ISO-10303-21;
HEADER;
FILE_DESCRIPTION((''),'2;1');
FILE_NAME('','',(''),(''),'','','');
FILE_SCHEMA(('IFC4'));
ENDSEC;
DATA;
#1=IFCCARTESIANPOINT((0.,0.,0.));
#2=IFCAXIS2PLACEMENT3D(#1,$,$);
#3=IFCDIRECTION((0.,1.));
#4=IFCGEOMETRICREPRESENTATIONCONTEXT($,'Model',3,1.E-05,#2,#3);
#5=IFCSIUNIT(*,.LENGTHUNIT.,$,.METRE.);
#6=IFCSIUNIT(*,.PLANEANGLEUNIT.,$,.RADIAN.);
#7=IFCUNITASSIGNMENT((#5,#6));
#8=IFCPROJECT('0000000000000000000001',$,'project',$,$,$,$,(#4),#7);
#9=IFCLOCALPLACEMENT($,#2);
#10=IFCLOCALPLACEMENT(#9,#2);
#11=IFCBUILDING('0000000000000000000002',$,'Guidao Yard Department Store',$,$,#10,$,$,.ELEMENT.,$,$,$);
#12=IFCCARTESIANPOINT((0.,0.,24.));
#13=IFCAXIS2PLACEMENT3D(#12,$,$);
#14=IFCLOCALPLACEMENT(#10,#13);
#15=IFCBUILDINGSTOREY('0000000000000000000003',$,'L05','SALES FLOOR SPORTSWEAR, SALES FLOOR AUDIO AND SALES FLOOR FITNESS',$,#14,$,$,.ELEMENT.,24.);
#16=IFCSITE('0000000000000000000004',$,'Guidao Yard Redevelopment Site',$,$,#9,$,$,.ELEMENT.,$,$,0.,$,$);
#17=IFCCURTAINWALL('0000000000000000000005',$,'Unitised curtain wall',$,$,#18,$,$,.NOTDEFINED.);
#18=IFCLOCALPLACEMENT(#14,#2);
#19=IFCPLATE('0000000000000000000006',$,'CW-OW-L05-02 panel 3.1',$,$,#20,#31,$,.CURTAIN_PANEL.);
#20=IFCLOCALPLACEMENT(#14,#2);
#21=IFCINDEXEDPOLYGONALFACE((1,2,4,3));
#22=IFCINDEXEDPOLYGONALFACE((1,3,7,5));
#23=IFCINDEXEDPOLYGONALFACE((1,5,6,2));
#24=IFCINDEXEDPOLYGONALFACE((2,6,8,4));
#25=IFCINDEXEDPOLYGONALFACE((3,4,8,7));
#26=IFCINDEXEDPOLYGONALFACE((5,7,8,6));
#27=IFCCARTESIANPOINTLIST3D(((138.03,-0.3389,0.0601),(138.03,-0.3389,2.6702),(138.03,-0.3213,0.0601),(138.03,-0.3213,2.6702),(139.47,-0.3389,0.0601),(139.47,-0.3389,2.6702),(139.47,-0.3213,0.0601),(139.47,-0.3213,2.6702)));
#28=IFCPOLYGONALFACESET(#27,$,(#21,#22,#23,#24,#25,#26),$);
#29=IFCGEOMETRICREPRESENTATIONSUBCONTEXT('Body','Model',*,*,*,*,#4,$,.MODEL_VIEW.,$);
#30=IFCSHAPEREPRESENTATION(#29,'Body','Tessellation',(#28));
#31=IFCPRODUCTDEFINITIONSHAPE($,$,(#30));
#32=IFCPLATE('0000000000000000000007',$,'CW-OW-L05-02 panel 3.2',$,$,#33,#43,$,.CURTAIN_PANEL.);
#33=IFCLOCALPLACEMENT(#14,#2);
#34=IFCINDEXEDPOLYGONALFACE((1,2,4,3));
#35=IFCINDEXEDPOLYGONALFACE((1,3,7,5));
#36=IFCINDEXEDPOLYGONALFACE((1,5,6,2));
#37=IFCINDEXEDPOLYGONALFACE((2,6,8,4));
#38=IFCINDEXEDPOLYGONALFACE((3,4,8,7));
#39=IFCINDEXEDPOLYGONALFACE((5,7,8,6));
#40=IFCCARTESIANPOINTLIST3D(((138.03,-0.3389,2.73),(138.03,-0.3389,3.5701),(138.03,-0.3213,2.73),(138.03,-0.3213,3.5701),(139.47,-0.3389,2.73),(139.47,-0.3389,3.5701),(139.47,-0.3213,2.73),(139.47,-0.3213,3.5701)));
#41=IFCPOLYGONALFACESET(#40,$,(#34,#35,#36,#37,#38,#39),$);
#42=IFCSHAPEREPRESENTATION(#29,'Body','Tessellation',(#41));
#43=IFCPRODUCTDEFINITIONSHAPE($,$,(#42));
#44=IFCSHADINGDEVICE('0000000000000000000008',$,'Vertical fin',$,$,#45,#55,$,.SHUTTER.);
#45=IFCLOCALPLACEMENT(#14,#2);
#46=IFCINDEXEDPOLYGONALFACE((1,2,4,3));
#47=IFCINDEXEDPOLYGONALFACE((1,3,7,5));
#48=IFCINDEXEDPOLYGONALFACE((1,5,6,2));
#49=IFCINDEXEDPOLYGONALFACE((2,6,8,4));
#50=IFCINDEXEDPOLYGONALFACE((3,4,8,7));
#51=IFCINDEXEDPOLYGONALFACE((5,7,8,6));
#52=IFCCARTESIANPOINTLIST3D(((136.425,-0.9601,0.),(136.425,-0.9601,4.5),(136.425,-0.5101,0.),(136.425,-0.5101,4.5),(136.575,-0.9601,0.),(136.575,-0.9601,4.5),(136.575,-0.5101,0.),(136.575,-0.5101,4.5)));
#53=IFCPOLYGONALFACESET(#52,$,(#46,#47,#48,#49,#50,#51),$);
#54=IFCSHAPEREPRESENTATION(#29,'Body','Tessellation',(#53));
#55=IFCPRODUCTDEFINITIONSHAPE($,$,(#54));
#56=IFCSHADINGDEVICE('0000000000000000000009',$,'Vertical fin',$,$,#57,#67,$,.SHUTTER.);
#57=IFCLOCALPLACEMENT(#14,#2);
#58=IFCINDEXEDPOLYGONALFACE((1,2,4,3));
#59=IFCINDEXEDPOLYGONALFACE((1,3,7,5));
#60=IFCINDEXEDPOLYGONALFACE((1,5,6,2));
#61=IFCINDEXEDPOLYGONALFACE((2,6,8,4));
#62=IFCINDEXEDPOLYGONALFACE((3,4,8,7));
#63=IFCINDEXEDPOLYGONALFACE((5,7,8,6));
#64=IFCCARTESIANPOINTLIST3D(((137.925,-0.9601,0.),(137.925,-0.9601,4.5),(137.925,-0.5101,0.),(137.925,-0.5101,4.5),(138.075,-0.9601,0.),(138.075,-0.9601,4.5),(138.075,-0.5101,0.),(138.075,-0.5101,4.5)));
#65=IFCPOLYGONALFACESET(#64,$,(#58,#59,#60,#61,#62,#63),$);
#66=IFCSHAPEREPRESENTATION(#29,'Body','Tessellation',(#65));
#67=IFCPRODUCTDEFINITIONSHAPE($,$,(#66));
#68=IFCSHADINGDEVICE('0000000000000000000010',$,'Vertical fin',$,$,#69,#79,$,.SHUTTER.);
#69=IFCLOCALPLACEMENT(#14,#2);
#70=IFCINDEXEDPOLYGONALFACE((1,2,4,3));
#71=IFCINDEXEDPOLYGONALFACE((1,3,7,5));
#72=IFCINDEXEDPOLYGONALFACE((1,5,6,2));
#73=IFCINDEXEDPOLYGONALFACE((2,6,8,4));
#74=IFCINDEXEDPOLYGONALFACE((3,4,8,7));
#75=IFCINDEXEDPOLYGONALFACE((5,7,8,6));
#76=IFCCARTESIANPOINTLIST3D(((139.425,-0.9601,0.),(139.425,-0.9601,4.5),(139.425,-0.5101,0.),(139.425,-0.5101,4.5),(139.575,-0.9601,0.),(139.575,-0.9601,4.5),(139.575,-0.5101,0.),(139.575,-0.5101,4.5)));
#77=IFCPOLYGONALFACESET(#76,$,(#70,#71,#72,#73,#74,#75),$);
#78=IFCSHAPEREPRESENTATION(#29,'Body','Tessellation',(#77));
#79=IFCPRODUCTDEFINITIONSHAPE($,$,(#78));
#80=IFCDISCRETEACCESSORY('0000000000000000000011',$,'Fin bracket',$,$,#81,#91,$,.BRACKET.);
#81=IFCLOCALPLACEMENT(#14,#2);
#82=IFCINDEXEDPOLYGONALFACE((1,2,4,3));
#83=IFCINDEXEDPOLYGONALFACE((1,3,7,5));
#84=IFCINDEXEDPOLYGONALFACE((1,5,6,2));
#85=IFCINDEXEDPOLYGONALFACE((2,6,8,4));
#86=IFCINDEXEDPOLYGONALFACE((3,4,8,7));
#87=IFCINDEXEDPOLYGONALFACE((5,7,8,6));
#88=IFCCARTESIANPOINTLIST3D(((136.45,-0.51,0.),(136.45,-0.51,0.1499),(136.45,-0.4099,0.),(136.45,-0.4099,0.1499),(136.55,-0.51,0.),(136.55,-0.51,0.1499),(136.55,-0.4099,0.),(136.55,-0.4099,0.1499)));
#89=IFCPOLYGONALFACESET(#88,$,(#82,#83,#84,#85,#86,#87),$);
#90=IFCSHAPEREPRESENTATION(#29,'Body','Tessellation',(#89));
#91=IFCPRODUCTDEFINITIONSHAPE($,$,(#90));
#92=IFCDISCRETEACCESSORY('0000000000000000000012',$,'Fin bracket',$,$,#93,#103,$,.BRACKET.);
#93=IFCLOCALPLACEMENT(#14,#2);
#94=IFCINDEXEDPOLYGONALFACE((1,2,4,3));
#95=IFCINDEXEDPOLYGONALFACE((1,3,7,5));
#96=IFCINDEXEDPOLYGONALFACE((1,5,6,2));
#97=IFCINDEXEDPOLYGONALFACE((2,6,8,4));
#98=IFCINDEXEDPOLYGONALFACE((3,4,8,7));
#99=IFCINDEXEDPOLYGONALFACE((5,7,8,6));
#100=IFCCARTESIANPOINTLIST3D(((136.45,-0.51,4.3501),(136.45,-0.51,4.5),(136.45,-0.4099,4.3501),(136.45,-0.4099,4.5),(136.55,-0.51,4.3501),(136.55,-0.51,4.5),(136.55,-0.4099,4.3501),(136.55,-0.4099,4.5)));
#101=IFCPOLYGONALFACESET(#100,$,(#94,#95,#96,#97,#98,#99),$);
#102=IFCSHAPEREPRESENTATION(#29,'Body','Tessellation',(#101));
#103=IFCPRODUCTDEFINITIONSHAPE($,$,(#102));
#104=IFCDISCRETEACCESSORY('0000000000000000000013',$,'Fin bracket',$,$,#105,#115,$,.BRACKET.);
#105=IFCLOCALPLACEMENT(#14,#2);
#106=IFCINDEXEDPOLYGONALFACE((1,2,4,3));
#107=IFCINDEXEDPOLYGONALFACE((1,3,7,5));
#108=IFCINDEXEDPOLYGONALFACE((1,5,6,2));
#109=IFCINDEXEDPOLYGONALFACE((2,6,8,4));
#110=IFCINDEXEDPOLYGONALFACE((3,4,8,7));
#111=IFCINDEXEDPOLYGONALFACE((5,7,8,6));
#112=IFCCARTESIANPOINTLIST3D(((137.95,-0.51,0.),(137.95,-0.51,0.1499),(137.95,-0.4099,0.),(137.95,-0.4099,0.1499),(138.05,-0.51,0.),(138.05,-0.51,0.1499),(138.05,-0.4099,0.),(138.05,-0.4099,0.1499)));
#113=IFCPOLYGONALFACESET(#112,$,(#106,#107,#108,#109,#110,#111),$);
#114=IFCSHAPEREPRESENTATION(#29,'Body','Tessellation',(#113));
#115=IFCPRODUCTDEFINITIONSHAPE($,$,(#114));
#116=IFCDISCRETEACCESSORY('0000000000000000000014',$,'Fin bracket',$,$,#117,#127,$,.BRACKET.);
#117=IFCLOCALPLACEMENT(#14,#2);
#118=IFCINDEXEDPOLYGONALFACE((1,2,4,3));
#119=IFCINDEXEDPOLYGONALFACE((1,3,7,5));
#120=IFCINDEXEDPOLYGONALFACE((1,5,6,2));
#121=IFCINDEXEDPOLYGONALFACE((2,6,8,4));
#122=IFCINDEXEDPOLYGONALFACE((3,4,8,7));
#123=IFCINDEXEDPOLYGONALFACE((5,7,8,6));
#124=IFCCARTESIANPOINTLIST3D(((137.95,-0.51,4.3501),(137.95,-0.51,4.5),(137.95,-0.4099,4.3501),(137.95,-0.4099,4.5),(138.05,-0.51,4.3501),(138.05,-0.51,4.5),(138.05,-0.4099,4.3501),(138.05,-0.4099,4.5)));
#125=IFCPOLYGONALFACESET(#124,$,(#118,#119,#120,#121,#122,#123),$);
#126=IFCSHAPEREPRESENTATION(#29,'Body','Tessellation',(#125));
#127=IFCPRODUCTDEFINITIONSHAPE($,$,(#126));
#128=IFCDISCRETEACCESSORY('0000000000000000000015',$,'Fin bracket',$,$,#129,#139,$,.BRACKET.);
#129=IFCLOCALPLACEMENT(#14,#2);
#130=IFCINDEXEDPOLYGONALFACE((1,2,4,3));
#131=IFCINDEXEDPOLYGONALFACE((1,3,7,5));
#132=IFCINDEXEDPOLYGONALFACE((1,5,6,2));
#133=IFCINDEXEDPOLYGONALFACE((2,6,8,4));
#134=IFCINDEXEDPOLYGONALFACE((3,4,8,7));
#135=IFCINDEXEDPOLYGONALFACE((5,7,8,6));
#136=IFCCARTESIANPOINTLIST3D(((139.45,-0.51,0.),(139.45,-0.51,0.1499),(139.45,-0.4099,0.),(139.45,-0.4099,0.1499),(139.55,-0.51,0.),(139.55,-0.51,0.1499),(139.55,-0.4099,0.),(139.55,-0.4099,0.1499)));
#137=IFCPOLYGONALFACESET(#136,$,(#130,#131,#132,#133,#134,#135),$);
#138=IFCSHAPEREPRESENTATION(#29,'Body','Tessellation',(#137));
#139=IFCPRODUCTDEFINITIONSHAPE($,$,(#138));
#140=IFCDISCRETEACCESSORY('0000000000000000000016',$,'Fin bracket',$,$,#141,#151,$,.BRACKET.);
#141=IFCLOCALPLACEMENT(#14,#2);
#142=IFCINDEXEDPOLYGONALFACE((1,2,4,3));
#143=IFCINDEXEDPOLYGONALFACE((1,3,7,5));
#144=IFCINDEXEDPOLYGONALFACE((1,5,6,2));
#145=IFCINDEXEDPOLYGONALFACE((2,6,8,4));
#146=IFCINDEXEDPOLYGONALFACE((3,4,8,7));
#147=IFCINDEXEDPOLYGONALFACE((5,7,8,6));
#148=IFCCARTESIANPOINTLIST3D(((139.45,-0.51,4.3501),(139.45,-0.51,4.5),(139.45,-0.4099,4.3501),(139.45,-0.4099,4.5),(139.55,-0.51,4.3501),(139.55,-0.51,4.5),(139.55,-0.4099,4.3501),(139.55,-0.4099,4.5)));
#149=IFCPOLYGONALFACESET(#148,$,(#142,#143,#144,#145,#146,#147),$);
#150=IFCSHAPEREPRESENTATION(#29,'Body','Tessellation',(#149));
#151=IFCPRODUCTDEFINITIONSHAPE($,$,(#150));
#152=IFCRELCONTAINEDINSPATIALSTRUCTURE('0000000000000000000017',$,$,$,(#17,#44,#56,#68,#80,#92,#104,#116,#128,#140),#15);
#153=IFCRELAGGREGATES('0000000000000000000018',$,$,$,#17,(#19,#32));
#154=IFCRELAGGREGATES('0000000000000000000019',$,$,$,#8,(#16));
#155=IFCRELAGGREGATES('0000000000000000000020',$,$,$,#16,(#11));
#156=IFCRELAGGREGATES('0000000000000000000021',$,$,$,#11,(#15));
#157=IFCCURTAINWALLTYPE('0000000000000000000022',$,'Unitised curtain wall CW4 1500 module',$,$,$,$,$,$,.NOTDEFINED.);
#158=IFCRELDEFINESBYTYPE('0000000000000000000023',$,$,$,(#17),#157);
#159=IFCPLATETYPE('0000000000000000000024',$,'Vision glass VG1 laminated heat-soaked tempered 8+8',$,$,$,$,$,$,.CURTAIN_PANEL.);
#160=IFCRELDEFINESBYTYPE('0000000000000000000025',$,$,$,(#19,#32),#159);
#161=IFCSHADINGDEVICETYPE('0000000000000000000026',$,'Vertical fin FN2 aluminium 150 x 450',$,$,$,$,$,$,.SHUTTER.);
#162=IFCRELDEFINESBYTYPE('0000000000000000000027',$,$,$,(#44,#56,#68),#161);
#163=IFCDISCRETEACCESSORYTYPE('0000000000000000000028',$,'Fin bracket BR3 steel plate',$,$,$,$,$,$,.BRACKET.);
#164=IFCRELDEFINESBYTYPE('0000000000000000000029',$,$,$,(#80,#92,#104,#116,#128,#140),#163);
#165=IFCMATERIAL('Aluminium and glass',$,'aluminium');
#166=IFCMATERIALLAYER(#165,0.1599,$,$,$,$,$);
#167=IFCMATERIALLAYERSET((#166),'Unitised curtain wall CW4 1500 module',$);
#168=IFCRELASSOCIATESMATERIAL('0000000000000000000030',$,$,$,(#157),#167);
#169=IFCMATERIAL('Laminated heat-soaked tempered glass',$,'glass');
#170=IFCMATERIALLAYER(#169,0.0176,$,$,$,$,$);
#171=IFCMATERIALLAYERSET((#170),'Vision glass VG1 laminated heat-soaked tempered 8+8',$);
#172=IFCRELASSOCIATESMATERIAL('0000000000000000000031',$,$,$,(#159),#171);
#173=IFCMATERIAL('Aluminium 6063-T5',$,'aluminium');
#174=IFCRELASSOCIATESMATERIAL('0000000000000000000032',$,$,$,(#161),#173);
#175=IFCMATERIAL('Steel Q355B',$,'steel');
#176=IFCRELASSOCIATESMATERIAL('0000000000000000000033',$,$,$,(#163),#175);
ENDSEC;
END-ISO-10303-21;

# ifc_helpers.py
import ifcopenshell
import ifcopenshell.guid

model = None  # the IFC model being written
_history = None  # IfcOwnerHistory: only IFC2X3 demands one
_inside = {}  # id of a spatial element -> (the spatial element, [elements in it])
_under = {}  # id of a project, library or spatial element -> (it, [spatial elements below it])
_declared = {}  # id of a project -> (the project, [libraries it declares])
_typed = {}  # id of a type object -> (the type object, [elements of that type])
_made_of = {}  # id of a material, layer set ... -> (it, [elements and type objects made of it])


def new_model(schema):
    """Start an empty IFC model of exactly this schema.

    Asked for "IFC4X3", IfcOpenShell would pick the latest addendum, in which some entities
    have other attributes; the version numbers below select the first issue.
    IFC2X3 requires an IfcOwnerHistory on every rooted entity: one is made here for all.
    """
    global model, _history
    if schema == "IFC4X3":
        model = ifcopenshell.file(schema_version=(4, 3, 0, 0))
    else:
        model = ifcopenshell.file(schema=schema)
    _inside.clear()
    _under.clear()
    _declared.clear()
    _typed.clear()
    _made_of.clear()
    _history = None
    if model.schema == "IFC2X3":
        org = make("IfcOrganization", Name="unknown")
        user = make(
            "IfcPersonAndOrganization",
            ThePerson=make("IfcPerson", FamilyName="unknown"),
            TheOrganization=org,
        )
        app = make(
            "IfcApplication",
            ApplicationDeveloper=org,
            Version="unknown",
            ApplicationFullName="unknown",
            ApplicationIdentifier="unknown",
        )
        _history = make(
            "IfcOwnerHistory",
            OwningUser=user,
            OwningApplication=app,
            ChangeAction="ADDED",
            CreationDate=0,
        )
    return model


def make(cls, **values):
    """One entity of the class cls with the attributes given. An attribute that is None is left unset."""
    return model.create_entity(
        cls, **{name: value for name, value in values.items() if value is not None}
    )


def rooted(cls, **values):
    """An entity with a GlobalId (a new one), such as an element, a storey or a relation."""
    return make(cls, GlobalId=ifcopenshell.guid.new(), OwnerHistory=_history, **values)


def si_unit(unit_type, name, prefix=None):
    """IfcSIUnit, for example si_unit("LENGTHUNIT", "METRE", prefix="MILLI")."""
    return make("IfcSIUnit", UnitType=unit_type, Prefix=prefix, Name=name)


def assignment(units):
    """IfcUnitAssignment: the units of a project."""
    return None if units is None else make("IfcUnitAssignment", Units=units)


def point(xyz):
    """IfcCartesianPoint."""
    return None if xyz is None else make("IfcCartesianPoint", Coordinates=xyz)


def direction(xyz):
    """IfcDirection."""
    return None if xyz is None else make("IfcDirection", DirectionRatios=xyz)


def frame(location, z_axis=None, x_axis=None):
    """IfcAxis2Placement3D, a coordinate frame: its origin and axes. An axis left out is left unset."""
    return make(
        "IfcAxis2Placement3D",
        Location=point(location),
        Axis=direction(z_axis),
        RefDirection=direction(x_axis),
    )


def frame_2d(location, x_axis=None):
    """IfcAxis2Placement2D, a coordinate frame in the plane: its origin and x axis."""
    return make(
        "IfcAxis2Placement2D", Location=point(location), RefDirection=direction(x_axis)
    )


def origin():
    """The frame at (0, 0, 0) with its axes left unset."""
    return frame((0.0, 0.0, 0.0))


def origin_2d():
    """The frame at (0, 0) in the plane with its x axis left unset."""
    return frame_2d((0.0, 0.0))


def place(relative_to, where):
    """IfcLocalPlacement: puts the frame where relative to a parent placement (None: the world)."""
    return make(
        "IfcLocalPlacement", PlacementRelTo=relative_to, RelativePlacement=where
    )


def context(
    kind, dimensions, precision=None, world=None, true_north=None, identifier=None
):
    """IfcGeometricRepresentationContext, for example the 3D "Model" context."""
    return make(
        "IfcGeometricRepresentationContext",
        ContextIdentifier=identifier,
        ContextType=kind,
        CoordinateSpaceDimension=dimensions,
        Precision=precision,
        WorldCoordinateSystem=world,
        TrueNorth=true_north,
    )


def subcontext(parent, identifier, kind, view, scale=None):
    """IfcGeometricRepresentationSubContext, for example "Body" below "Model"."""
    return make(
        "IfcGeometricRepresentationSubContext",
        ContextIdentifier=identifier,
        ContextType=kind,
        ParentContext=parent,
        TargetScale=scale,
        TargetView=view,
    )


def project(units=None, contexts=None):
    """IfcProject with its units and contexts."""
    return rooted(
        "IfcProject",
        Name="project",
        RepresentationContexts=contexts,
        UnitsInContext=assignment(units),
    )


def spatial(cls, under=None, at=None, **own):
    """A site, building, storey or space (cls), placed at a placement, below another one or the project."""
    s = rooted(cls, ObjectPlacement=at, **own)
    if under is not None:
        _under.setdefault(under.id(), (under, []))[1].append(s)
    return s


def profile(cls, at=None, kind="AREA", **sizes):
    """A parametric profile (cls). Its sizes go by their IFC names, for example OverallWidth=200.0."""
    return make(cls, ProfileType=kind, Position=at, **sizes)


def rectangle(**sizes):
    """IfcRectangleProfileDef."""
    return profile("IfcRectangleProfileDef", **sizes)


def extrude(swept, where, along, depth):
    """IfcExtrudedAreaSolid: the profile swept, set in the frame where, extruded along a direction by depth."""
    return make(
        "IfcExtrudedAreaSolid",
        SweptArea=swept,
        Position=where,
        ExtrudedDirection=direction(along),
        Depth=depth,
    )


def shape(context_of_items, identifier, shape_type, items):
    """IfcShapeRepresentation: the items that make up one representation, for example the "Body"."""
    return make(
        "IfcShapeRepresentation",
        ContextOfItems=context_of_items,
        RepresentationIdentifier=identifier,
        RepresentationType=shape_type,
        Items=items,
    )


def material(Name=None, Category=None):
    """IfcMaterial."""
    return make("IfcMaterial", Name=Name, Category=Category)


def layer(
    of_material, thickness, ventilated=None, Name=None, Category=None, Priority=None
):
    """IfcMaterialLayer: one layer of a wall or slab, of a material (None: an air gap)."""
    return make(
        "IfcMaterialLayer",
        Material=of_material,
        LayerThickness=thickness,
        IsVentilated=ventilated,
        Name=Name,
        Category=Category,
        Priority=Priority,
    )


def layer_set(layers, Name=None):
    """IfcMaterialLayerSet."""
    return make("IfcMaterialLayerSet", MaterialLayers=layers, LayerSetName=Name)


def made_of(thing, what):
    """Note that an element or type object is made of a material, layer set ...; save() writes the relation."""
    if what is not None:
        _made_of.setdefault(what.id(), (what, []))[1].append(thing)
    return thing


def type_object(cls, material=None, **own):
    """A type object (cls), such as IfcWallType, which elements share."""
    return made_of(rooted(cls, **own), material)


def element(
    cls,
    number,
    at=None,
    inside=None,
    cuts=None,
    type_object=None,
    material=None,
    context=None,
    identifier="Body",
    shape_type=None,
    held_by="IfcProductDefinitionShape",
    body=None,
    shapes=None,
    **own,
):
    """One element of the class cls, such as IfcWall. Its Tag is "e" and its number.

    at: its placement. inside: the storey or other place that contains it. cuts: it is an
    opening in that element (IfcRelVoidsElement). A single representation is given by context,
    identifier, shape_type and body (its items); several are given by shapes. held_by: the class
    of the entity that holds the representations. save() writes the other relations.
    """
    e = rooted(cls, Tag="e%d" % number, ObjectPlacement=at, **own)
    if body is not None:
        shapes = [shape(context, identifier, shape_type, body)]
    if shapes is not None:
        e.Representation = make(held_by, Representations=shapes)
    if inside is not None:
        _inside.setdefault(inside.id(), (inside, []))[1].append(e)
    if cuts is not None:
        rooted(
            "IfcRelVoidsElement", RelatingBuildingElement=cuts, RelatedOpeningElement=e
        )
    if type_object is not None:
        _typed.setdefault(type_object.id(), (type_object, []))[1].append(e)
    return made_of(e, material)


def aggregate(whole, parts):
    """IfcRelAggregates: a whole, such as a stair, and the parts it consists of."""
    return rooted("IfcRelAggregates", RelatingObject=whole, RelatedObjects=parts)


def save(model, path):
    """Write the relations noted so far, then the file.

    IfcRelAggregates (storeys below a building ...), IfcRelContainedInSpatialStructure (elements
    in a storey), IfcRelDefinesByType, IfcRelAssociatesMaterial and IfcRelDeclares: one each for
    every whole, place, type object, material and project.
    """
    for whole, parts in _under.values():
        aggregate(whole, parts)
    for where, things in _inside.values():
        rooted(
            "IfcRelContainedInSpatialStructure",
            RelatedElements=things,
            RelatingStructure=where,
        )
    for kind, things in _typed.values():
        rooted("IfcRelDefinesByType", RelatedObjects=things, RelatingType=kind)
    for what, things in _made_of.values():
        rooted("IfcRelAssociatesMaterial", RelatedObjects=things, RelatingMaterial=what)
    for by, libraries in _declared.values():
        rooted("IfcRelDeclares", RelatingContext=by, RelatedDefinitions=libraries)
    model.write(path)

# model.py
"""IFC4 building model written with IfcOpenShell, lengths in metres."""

from ifc_helpers import new_model, si_unit, direction, frame, origin, origin_2d, place, context, subcontext, project, spatial, rectangle, extrude, material, layer, layer_set, type_object, element, aggregate, save


model = new_model("IFC4")

# Units and contexts
model_context = context("Model", 3, precision=1e-05, world=origin(), true_north=direction((0.0, 1.0)))
body_context = subcontext(model_context, "Body", "Model", "MODEL_VIEW")
ifc_project = project(units=[si_unit("LENGTHUNIT", "METRE"), si_unit("PLANEANGLEUNIT", "RADIAN")], contexts=[model_context])

# Site, building, storey
site_placement = place(None, origin())
site = spatial("IfcSite", under=ifc_project, at=site_placement, Name="Guidao Yard Redevelopment Site", CompositionType="ELEMENT", RefElevation=0.0)
building_placement = place(site_placement, origin())
building = spatial("IfcBuilding", under=site, at=building_placement, Name="Guidao Yard Department Store", CompositionType="ELEMENT")
storey_placement = place(building_placement, frame((0.0, 0.0, 24.0)))
storey = spatial("IfcBuildingStorey", under=building, at=storey_placement, Name="L05", Description="SALES FLOOR SPORTSWEAR, SALES FLOOR AUDIO AND SALES FLOOR FITNESS", CompositionType="ELEMENT", Elevation=24.0)

# Shared definitions
ifc_material_1 = material(Name="Aluminium and glass", Category="aluminium")
ifc_layer_1 = layer(ifc_material_1, 0.1599)
ifc_layer_set_1 = layer_set([ifc_layer_1], Name="Unitised curtain wall CW4 1500 module")
curtain_wall_type = type_object("IfcCurtainWallType", Name="Unitised curtain wall CW4 1500 module", PredefinedType="NOTDEFINED", material=ifc_layer_set_1)

# Curtain wall
curtain_wall_1_placement = place(storey_placement, origin())
curtain_wall_1 = element("IfcCurtainWall", 1, at=curtain_wall_1_placement, inside=storey, type_object=curtain_wall_type, Name="Unitised curtain wall", PredefinedType="NOTDEFINED")

# Plates
ifc_material_2 = material(Name="Laminated heat-soaked tempered glass", Category="glass")
ifc_layer_2 = layer(ifc_material_2, 0.0176)
ifc_layer_set_2 = layer_set([ifc_layer_2], Name="Vision glass VG1 laminated heat-soaked tempered 8+8")
plate_type_1 = type_object("IfcPlateType", Name="Vision glass VG1 laminated heat-soaked tempered 8+8", PredefinedType="CURTAIN_PANEL", material=ifc_layer_set_2)
plate_1_placement = place(storey_placement, frame((138.75, -0.3301, 0.0601), z_axis=(0.0, 0.0, 1.0), x_axis=(-1.0, 0.0, 0.0)))
plate_1 = element("IfcPlate", 2, at=plate_1_placement, type_object=plate_type_1, Name="CW-OW-L05-02 panel 3.1", PredefinedType="CURTAIN_PANEL", context=body_context, shape_type="SweptSolid", body=[
    extrude(rectangle(XDim=1.4399, YDim=0.0176, at=origin_2d()), origin(), (0.0, 0.0, 1.0), 2.6101),
])
plate_2_placement = place(storey_placement, frame((138.75, -0.3301, 2.73), z_axis=(0.0, 0.0, 1.0), x_axis=(-1.0, 0.0, 0.0)))
plate_2 = element("IfcPlate", 3, at=plate_2_placement, type_object=plate_type_1, Name="CW-OW-L05-02 panel 3.2", PredefinedType="CURTAIN_PANEL", context=body_context, shape_type="SweptSolid", body=[
    extrude(rectangle(XDim=1.4399, YDim=0.0176, at=origin_2d()), origin(), (0.0, 0.0, 1.0), 0.8401),
])
aggregate(curtain_wall_1, [plate_1, plate_2])

# Shading devices
ifc_material_3 = material(Name="Aluminium 6063-T5", Category="aluminium")
shading_device_type = type_object("IfcShadingDeviceType", Name="Vertical fin FN2 aluminium 150 x 450", PredefinedType="SHUTTER", material=ifc_material_3)
for number, where, z_axis, x_axis, name in (
    (4, (136.5, -0.7351, 0.0), (0.0, 0.0, 1.0), (-1.0, 0.0, 0.0), "Vertical fin"),
    (5, (138.0, -0.7351, 0.0), (0.0, 0.0, 1.0), (-1.0, 0.0, 0.0), "Vertical fin"),
    (6, (139.5, -0.7351, 0.0), (0.0, 0.0, 1.0), (-1.0, 0.0, 0.0), "Vertical fin"),
):
    element("IfcShadingDevice", number, at=place(storey_placement, frame(where, z_axis=z_axis, x_axis=x_axis)), inside=storey, type_object=shading_device_type, Name=name, PredefinedType="SHUTTER", context=body_context, shape_type="SweptSolid", body=[
        extrude(rectangle(XDim=0.1499, YDim=0.45, at=origin_2d()), origin(), (0.0, 0.0, 1.0), 4.5),
    ])

# Discrete accessories
ifc_material_4 = material(Name="Steel Q355B", Category="steel")
discrete_accessory_type = type_object("IfcDiscreteAccessoryType", Name="Fin bracket BR3 steel plate", PredefinedType="BRACKET", material=ifc_material_4)
for number, where, z_axis, x_axis, name in (
    (7, (136.5, -0.46, 0.0), (0.0, 0.0, 1.0), (-1.0, 0.0, 0.0), "Fin bracket"),
    (8, (136.5, -0.46, 4.3501), (0.0, 0.0, 1.0), (-1.0, 0.0, 0.0), "Fin bracket"),
    (9, (138.0, -0.46, 0.0), (0.0, 0.0, 1.0), (-1.0, 0.0, 0.0), "Fin bracket"),
    (10, (138.0, -0.46, 4.3501), (0.0, 0.0, 1.0), (-1.0, 0.0, 0.0), "Fin bracket"),
    (11, (139.5, -0.46, 0.0), (0.0, 0.0, 1.0), (-1.0, 0.0, 0.0), "Fin bracket"),
    (12, (139.5, -0.46, 4.3501), (0.0, 0.0, 1.0), (-1.0, 0.0, 0.0), "Fin bracket"),
):
    element("IfcDiscreteAccessory", number, at=place(storey_placement, frame(where, z_axis=z_axis, x_axis=x_axis)), inside=storey, type_object=discrete_accessory_type, Name=name, PredefinedType="BRACKET", context=body_context, shape_type="SweptSolid", body=[
        extrude(rectangle(XDim=0.1001, YDim=0.1001, at=origin_2d()), origin(), (0.0, 0.0, 1.0), 0.1499),
    ])

save(model, "model.ifc")
